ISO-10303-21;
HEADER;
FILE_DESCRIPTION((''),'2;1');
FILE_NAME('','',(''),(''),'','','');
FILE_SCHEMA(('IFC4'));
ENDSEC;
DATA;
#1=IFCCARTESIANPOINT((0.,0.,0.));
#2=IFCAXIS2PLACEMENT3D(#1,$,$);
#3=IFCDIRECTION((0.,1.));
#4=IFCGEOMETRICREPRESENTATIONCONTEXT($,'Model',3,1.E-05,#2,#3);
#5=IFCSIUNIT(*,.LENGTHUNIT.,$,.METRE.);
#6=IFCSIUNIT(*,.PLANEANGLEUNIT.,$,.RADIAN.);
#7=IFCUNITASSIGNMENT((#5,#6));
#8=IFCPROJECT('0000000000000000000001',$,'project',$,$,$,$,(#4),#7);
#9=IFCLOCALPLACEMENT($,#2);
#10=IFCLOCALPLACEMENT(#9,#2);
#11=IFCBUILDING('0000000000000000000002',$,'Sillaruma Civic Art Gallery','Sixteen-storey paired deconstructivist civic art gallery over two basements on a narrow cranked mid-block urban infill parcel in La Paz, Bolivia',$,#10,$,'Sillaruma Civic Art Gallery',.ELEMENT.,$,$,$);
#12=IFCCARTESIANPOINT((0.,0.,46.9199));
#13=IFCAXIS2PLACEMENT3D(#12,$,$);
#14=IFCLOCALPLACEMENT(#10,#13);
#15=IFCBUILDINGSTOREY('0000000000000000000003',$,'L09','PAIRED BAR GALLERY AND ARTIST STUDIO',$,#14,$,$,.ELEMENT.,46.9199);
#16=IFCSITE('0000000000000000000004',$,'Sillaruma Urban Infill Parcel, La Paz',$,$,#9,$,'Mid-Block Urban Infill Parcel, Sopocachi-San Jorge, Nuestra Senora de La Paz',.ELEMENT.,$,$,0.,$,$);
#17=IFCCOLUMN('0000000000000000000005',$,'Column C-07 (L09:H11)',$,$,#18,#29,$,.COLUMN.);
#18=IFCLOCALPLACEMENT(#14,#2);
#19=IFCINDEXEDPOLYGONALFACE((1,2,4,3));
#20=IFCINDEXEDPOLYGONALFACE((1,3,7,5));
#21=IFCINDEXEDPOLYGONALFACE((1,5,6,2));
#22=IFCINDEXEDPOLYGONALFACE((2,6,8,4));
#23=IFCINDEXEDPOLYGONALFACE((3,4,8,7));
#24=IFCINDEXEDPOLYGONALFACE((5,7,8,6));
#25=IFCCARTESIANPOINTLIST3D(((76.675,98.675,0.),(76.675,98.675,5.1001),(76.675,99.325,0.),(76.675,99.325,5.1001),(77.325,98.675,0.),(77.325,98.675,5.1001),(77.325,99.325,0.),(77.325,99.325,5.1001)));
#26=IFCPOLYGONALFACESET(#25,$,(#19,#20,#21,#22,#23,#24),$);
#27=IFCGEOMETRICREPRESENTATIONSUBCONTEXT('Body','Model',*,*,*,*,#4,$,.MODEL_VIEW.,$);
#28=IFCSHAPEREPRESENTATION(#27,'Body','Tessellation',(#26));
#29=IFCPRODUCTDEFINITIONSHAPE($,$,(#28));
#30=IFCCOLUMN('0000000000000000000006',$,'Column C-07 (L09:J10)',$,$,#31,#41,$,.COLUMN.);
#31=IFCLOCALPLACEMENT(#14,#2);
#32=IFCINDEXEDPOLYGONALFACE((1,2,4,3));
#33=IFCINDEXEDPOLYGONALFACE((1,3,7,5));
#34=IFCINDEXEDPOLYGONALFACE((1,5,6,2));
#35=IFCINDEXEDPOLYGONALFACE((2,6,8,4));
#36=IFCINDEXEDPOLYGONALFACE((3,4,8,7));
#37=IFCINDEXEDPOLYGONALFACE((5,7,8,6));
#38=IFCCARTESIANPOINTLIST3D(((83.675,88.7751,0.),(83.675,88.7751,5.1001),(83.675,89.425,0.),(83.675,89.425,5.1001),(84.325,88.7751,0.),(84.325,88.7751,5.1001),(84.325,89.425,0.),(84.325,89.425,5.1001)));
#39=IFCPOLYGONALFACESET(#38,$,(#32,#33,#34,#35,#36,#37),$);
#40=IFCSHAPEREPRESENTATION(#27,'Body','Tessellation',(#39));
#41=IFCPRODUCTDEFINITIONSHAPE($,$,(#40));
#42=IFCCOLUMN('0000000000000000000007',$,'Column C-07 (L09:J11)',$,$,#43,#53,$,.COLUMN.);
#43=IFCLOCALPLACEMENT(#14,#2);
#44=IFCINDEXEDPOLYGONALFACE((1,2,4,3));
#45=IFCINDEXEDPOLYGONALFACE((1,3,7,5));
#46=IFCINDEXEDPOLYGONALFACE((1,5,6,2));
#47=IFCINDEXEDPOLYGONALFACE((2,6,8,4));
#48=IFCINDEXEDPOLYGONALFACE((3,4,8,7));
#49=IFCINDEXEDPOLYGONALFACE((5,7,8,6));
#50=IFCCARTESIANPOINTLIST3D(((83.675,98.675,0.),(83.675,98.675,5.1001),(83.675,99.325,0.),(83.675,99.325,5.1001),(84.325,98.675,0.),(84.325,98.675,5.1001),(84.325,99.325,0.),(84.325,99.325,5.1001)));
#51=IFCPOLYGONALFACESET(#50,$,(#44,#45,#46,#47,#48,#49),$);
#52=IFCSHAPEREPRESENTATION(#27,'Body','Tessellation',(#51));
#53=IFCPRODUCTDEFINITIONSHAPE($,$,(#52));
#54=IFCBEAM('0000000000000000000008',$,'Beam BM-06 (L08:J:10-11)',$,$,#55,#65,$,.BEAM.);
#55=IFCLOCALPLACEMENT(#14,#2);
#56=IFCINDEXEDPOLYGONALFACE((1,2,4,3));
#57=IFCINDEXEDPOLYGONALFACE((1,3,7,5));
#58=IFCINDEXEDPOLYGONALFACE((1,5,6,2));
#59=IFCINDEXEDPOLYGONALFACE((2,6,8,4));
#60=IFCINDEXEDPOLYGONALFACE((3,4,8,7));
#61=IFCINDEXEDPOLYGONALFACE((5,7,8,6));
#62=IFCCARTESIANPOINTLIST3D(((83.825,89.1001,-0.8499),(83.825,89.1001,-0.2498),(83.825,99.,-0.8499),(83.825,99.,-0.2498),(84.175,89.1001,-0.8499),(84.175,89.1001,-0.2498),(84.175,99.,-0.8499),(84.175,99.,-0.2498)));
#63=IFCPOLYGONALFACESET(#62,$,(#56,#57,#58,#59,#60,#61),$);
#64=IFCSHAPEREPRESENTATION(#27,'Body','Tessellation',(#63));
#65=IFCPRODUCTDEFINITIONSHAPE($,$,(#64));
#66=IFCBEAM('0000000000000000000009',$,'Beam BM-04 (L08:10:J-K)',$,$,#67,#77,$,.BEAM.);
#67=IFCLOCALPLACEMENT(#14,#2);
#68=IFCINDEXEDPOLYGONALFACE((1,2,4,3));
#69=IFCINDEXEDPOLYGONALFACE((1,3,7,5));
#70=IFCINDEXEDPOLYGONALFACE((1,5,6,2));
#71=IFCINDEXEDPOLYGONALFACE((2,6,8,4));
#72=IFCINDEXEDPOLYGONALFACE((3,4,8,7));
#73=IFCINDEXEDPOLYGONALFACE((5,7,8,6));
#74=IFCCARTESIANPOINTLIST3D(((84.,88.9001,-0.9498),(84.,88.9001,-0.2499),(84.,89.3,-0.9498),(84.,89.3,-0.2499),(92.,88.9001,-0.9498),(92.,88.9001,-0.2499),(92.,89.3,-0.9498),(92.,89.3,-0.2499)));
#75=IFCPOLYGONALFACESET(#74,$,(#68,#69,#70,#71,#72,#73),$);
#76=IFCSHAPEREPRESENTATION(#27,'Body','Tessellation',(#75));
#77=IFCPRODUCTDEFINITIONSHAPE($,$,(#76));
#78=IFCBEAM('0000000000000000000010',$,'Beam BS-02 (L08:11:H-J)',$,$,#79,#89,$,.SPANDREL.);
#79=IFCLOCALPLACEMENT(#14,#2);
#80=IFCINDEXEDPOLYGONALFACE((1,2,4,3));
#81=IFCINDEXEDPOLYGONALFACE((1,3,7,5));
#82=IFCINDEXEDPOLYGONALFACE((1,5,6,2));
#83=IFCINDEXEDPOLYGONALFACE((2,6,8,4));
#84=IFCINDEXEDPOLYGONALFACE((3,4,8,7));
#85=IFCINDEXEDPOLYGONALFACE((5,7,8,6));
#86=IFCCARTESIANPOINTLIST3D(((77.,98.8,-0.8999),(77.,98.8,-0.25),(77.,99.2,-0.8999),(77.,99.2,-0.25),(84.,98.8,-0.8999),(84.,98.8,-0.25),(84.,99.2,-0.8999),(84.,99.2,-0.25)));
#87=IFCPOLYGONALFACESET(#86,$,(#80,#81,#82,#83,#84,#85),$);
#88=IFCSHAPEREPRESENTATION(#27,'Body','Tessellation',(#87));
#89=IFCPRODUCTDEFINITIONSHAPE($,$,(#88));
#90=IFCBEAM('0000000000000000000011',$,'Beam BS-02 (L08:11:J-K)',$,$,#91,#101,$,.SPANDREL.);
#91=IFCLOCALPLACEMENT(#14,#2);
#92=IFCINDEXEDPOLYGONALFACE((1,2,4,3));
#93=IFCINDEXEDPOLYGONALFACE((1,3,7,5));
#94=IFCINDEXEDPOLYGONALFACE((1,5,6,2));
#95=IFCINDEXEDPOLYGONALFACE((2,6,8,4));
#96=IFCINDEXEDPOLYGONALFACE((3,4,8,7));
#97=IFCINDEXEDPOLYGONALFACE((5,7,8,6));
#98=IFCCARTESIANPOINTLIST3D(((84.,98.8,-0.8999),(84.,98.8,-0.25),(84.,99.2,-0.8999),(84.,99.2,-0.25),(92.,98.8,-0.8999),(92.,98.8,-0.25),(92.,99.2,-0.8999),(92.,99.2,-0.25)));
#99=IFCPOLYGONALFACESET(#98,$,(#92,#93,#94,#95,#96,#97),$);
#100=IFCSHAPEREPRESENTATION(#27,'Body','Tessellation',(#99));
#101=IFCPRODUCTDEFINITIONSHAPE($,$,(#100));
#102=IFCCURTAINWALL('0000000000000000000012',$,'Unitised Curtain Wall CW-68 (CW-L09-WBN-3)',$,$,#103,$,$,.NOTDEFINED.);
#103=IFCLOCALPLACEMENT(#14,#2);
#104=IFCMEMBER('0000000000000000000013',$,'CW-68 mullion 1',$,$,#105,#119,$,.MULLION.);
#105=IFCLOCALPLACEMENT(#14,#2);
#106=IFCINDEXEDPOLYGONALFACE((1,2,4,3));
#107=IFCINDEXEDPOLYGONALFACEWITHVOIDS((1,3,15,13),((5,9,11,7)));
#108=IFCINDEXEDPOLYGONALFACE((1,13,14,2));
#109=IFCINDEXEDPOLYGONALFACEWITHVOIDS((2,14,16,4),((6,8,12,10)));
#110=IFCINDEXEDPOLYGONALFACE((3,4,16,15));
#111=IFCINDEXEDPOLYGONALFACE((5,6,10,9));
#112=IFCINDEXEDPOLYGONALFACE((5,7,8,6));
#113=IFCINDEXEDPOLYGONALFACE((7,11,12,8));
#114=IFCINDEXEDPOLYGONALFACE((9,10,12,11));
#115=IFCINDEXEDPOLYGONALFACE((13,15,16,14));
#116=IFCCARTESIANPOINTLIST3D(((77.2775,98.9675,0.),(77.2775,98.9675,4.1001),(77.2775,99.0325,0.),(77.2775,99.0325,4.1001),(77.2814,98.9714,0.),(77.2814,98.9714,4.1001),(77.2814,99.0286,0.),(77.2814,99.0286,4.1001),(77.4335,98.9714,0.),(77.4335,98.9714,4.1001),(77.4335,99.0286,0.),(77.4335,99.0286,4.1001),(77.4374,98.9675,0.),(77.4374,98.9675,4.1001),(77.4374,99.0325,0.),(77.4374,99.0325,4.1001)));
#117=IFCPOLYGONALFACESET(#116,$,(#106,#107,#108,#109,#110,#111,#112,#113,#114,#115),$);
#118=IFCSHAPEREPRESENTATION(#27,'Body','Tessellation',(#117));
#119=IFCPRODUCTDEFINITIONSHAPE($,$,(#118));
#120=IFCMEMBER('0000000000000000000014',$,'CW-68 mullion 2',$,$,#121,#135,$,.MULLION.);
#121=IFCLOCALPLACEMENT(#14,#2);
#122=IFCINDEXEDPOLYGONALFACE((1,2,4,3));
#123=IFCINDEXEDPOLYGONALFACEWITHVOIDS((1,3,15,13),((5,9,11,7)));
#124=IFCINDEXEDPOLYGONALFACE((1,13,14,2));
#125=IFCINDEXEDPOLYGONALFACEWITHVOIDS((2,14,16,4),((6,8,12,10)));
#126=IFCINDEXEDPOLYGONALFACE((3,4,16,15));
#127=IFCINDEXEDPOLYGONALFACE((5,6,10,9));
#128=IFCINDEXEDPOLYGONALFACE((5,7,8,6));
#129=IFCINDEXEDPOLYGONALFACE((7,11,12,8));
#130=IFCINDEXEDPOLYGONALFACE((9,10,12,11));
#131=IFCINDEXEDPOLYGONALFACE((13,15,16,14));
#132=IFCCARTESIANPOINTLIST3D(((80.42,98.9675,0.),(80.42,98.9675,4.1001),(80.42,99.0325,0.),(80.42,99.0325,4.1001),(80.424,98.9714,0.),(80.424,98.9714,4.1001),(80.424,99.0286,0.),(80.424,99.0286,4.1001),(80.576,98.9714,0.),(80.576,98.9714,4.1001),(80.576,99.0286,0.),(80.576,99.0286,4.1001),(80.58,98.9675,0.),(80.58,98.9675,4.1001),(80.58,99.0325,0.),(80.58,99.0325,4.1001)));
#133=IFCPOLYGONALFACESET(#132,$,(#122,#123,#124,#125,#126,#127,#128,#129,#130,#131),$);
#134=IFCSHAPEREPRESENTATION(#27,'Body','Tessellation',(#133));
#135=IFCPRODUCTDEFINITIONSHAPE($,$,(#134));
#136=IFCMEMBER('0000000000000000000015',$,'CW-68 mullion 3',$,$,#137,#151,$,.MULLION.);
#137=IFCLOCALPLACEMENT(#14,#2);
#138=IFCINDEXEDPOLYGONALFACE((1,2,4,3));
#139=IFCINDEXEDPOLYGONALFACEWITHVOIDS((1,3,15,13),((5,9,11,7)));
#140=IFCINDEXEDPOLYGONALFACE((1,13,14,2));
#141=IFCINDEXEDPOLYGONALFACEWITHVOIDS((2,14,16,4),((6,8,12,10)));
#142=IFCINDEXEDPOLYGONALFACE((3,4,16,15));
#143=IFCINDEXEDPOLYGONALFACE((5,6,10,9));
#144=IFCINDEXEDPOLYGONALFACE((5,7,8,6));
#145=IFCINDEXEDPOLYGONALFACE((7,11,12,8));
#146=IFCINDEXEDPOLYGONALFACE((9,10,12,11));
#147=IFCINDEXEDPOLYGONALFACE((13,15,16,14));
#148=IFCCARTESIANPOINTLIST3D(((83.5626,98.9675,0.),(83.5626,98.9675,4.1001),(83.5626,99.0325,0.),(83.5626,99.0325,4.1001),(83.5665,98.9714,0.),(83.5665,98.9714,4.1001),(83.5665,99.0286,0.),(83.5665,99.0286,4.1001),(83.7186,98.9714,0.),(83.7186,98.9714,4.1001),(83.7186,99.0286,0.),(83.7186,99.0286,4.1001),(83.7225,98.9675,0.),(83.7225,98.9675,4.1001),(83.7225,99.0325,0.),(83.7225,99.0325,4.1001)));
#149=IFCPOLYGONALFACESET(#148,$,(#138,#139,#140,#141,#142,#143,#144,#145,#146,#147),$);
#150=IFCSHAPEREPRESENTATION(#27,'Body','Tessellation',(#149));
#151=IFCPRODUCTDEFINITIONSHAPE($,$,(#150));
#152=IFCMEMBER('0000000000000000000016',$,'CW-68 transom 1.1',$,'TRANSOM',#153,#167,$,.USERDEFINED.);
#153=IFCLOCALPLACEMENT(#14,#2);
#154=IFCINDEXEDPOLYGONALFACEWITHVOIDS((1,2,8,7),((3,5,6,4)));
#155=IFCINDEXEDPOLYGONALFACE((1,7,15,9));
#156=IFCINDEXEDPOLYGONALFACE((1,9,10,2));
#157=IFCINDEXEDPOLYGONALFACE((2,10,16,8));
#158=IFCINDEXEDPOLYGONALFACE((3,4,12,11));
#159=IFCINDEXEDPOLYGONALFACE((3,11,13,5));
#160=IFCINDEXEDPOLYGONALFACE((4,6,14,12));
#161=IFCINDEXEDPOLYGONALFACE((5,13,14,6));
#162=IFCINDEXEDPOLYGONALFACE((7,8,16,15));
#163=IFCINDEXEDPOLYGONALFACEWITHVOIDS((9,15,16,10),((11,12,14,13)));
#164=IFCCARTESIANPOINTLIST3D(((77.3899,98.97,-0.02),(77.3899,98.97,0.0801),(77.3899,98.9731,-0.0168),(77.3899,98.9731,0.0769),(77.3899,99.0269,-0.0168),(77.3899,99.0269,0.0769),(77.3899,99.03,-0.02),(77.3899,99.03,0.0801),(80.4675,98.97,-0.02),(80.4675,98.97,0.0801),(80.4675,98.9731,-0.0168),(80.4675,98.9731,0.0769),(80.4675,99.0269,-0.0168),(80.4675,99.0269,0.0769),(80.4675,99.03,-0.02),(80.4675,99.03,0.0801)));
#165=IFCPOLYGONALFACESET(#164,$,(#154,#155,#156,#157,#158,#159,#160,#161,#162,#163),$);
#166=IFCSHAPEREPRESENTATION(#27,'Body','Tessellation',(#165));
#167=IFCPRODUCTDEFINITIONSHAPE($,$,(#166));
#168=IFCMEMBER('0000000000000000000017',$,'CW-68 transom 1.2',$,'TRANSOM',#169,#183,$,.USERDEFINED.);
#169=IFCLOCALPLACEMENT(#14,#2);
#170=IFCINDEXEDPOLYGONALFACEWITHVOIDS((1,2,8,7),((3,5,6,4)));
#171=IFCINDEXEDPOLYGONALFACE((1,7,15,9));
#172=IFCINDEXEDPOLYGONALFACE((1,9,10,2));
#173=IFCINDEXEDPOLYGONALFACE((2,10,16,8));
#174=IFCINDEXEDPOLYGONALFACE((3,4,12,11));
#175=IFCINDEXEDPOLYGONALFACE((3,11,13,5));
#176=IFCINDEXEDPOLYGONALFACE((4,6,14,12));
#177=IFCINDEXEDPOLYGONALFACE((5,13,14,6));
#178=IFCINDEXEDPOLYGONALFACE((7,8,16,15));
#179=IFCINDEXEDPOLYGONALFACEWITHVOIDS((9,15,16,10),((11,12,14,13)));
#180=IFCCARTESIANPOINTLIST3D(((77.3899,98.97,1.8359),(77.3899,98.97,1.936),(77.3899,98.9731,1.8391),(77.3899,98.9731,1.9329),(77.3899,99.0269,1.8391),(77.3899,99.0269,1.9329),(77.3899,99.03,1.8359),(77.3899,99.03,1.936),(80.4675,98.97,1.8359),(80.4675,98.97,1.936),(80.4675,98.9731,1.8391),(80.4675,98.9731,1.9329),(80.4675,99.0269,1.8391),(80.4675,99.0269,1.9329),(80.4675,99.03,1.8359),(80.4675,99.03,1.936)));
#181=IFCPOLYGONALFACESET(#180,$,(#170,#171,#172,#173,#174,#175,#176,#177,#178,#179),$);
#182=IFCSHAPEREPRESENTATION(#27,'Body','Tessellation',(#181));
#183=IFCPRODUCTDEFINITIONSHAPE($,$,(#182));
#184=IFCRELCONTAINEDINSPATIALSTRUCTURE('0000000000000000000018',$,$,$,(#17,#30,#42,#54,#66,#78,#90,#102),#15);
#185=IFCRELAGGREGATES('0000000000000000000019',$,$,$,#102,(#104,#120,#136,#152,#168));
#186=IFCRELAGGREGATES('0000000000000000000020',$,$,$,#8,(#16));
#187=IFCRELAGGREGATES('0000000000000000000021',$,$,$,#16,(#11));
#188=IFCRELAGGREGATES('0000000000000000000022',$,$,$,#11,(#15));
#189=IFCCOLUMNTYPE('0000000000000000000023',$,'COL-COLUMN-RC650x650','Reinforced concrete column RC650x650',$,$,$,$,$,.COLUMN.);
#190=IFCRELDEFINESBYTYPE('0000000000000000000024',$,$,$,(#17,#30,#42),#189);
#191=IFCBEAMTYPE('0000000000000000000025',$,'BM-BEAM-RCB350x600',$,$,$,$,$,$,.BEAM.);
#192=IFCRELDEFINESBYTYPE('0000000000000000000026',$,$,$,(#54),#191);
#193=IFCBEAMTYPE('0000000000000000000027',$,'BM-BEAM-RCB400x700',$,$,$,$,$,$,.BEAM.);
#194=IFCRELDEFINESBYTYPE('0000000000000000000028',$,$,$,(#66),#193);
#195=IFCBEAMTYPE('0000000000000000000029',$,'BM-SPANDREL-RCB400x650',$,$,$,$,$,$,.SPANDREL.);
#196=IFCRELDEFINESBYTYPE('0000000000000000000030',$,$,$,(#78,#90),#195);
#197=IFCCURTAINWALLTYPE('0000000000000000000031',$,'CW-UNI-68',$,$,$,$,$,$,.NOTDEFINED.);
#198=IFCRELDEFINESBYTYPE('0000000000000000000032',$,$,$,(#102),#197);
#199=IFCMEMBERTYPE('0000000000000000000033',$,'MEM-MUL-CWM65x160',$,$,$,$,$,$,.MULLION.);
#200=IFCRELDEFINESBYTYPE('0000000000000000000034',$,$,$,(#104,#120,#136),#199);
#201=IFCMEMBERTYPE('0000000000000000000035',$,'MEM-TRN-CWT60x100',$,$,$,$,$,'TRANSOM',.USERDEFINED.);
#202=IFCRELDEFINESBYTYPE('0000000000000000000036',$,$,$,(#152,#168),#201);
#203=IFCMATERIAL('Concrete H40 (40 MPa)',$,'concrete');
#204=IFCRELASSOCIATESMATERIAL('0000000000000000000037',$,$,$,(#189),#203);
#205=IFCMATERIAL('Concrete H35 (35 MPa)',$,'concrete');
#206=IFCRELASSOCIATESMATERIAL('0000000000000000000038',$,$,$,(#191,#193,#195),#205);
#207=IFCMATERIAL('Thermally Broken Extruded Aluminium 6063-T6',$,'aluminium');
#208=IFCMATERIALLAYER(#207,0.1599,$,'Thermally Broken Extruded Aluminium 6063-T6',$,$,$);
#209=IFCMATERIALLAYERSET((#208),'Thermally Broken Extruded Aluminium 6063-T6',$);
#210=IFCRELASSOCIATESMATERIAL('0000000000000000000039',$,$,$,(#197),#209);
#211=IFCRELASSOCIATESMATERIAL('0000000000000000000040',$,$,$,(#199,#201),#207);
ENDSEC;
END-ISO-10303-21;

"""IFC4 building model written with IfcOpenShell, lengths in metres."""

from ifc_helpers import new_model, si_unit, direction, frame, origin, origin_2d, place, context, subcontext, project, spatial, rectangle, hollow_rectangle, extrude, material, layer, layer_set, material_profile, profile_set, type_object, element, aggregate, save


model = new_model("IFC4")

# Units and contexts
model_context = context("Model", 3, precision=1e-05, world=origin(), true_north=direction((0.0, 1.0)))
body_context = subcontext(model_context, "Body", "Model", "MODEL_VIEW")
ifc_project = project(units=[si_unit("LENGTHUNIT", "METRE"), si_unit("PLANEANGLEUNIT", "RADIAN")], contexts=[model_context])

# Site, building, storey
site_placement = place(None, origin())
site = spatial("IfcSite", under=ifc_project, at=site_placement, Name="Sillaruma Urban Infill Parcel, La Paz", LongName="Mid-Block Urban Infill Parcel, Sopocachi-San Jorge, Nuestra Senora de La Paz", CompositionType="ELEMENT", RefElevation=0.0)
building_placement = place(site_placement, origin())
building = spatial("IfcBuilding", under=site, at=building_placement, Name="Sillaruma Civic Art Gallery", Description="Sixteen-storey paired deconstructivist civic art gallery over two basements on a narrow cranked mid-block urban infill parcel in La Paz, Bolivia", LongName="Sillaruma Civic Art Gallery", CompositionType="ELEMENT")
storey_placement = place(building_placement, frame((0.0, 0.0, 46.9199)))
storey = spatial("IfcBuildingStorey", under=building, at=storey_placement, Name="L09", Description="PAIRED BAR GALLERY AND ARTIST STUDIO", CompositionType="ELEMENT", Elevation=46.9199)

# Columns
ifc_material_1 = material(Name="Concrete H40 (40 MPa)", Category="concrete")
ifc_material_profile_1 = material_profile(ifc_material_1, rectangle(XDim=0.6499, YDim=0.6499, at=origin_2d()), Name="RC650x650")
ifc_profile_set_1 = profile_set([ifc_material_profile_1], Name="Concrete H40 (40 MPa)")
column_type = type_object("IfcColumnType", Name="COL-COLUMN-RC650x650", Description="Reinforced concrete column RC650x650", PredefinedType="COLUMN", material=ifc_profile_set_1)
for number, where, z_axis, x_axis, name in (
    (1, (77.0, 99.0, 0.0), (0.0, 0.0, 1.0), (1.0, 0.0, 0.0), "Column C-07 (L09:H11)"),
    (2, (84.0, 89.1001, 0.0), (0.0, 0.0, 1.0), (1.0, 0.0, 0.0), "Column C-07 (L09:J10)"),
    (3, (84.0, 99.0, 0.0), (0.0, 0.0, 1.0), (1.0, 0.0, 0.0), "Column C-07 (L09:J11)"),
):
    element("IfcColumn", number, at=place(storey_placement, frame(where, z_axis=z_axis, x_axis=x_axis)), inside=storey, type_object=column_type, Name=name, PredefinedType="COLUMN", context=body_context, shape_type="SweptSolid", body=[
        extrude(rectangle(XDim=0.6499, YDim=0.6499, at=origin_2d()), origin(), (0.0, 0.0, 1.0), 5.1001),
    ])

# Beams
ifc_material_2 = material(Name="Concrete H35 (35 MPa)", Category="concrete")
ifc_material_profile_2 = material_profile(ifc_material_2, rectangle(XDim=0.3501, YDim=0.6001, at=origin_2d()), Name="RCB350x600")
ifc_profile_set_2 = profile_set([ifc_material_profile_2], Name="Concrete H35 (35 MPa)")
beam_type_1 = type_object("IfcBeamType", Name="BM-BEAM-RCB350x600", PredefinedType="BEAM", material=ifc_profile_set_2)
beam_1_placement = place(storey_placement, frame((84.0, 89.1001, -0.5498), z_axis=(0.0, 1.0, 0.0), x_axis=(-1.0, 0.0, 0.0)))
element("IfcBeam", 4, at=beam_1_placement, inside=storey, type_object=beam_type_1, Name="Beam BM-06 (L08:J:10-11)", PredefinedType="BEAM", context=body_context, shape_type="SweptSolid", body=[
    extrude(rectangle(XDim=0.3501, YDim=0.6001, at=origin_2d()), origin(), (0.0, 0.0, 1.0), 9.8999),
])
ifc_material_profile_3 = material_profile(ifc_material_2, rectangle(XDim=0.3999, YDim=0.7, at=origin_2d()), Name="RCB400x700")
ifc_profile_set_3 = profile_set([ifc_material_profile_3], Name="Concrete H35 (35 MPa)")
beam_type_2 = type_object("IfcBeamType", Name="BM-BEAM-RCB400x700", PredefinedType="BEAM", material=ifc_profile_set_3)
beam_2_placement = place(storey_placement, frame((84.0, 89.1001, -0.5999), z_axis=(1.0, 0.0, 0.0), x_axis=(0.0, 1.0, 0.0)))
element("IfcBeam", 5, at=beam_2_placement, inside=storey, type_object=beam_type_2, Name="Beam BM-04 (L08:10:J-K)", PredefinedType="BEAM", context=body_context, shape_type="SweptSolid", body=[
    extrude(rectangle(XDim=0.3999, YDim=0.7, at=origin_2d()), origin(), (0.0, 0.0, 1.0), 8.0),
])
ifc_material_profile_4 = material_profile(ifc_material_2, rectangle(XDim=0.3999, YDim=0.6499, at=origin_2d()), Name="RCB400x650")
ifc_profile_set_4 = profile_set([ifc_material_profile_4], Name="Concrete H35 (35 MPa)")
beam_type_3 = type_object("IfcBeamType", Name="BM-SPANDREL-RCB400x650", PredefinedType="SPANDREL", material=ifc_profile_set_4)
beam_3_placement = place(storey_placement, frame((77.0, 99.0, -0.575), z_axis=(1.0, 0.0, 0.0), x_axis=(0.0, 1.0, 0.0)))
element("IfcBeam", 6, at=beam_3_placement, inside=storey, type_object=beam_type_3, Name="Beam BS-02 (L08:11:H-J)", PredefinedType="SPANDREL", context=body_context, shape_type="SweptSolid", body=[
    extrude(rectangle(XDim=0.3999, YDim=0.6499, at=origin_2d()), origin(), (0.0, 0.0, 1.0), 7.0),
])
beam_4_placement = place(storey_placement, frame((84.0, 99.0, -0.575), z_axis=(1.0, 0.0, 0.0), x_axis=(0.0, 1.0, 0.0)))
element("IfcBeam", 7, at=beam_4_placement, inside=storey, type_object=beam_type_3, Name="Beam BS-02 (L08:11:J-K)", PredefinedType="SPANDREL", context=body_context, shape_type="SweptSolid", body=[
    extrude(rectangle(XDim=0.3999, YDim=0.6499, at=origin_2d()), origin(), (0.0, 0.0, 1.0), 8.0),
])

# Curtain wall, members
ifc_material_3 = material(Name="Thermally Broken Extruded Aluminium 6063-T6", Category="aluminium")
ifc_layer_1 = layer(ifc_material_3, 0.1599, Name="Thermally Broken Extruded Aluminium 6063-T6")
ifc_layer_set_1 = layer_set([ifc_layer_1], Name="Thermally Broken Extruded Aluminium 6063-T6")
curtain_wall_type = type_object("IfcCurtainWallType", Name="CW-UNI-68", PredefinedType="NOTDEFINED", material=ifc_layer_set_1)
curtain_wall_placement = place(storey_placement, origin())
curtain_wall = element("IfcCurtainWall", 8, at=curtain_wall_placement, inside=storey, type_object=curtain_wall_type, Name="Unitised Curtain Wall CW-68 (CW-L09-WBN-3)", PredefinedType="NOTDEFINED")
ifc_material_profile_5 = material_profile(ifc_material_3, hollow_rectangle(XDim=0.0649, YDim=0.1599, WallThickness=0.0039, at=origin_2d()), Name="CWM65x160")
ifc_profile_set_5 = profile_set([ifc_material_profile_5], Name="Thermally Broken Extruded Aluminium 6063-T6")
member_type_1 = type_object("IfcMemberType", Name="MEM-MUL-CWM65x160", PredefinedType="MULLION", material=ifc_profile_set_5)
member_1_placement = place(storey_placement, frame((77.3574, 99.0, 0.0), z_axis=(0.0, 0.0, 1.0), x_axis=(0.0, 1.0, 0.0)))
member_1 = element("IfcMember", 9, at=member_1_placement, type_object=member_type_1, Name="CW-68 mullion 1", PredefinedType="MULLION", context=body_context, shape_type="SweptSolid", body=[
    extrude(hollow_rectangle(XDim=0.0649, YDim=0.1599, WallThickness=0.0039, at=origin_2d()), origin(), (0.0, 0.0, 1.0), 4.1001),
])
member_2_placement = place(storey_placement, frame((80.5, 99.0, 0.0), z_axis=(0.0, 0.0, 1.0), x_axis=(0.0, 1.0, 0.0)))
member_2 = element("IfcMember", 10, at=member_2_placement, type_object=member_type_1, Name="CW-68 mullion 2", PredefinedType="MULLION", context=body_context, shape_type="SweptSolid", body=[
    extrude(hollow_rectangle(XDim=0.0649, YDim=0.1599, WallThickness=0.0039, at=origin_2d()), origin(), (0.0, 0.0, 1.0), 4.1001),
])
member_3_placement = place(storey_placement, frame((83.6426, 99.0, 0.0), z_axis=(0.0, 0.0, 1.0), x_axis=(0.0, 1.0, 0.0)))
member_3 = element("IfcMember", 11, at=member_3_placement, type_object=member_type_1, Name="CW-68 mullion 3", PredefinedType="MULLION", context=body_context, shape_type="SweptSolid", body=[
    extrude(hollow_rectangle(XDim=0.0649, YDim=0.1599, WallThickness=0.0039, at=origin_2d()), origin(), (0.0, 0.0, 1.0), 4.1001),
])
ifc_material_profile_6 = material_profile(ifc_material_3, hollow_rectangle(XDim=0.0601, YDim=0.1001, WallThickness=0.0032, at=origin_2d()), Name="CWT60x100")
ifc_profile_set_6 = profile_set([ifc_material_profile_6], Name="Thermally Broken Extruded Aluminium 6063-T6")
member_type_2 = type_object("IfcMemberType", Name="MEM-TRN-CWT60x100", ElementType="TRANSOM", PredefinedType="USERDEFINED", material=ifc_profile_set_6)
member_4_placement = place(storey_placement, frame((77.3899, 99.0, 0.03), z_axis=(1.0, 0.0, 0.0), x_axis=(0.0, 1.0, 0.0)))
member_4 = element("IfcMember", 12, at=member_4_placement, type_object=member_type_2, Name="CW-68 transom 1.1", ObjectType="TRANSOM", PredefinedType="USERDEFINED", context=body_context, shape_type="SweptSolid", body=[
    extrude(hollow_rectangle(XDim=0.0601, YDim=0.1001, WallThickness=0.0032, at=origin_2d()), origin(), (0.0, 0.0, 1.0), 3.0776),
])
member_5_placement = place(storey_placement, frame((77.3899, 99.0, 1.886), z_axis=(1.0, 0.0, 0.0), x_axis=(0.0, 1.0, 0.0)))
member_5 = element("IfcMember", 13, at=member_5_placement, type_object=member_type_2, Name="CW-68 transom 1.2", ObjectType="TRANSOM", PredefinedType="USERDEFINED", context=body_context, shape_type="SweptSolid", body=[
    extrude(hollow_rectangle(XDim=0.0601, YDim=0.1001, WallThickness=0.0032, at=origin_2d()), origin(), (0.0, 0.0, 1.0), 3.0776),
])
aggregate(curtain_wall, [member_1, member_2, member_3, member_4, member_5])

save(model, "model.ifc")
